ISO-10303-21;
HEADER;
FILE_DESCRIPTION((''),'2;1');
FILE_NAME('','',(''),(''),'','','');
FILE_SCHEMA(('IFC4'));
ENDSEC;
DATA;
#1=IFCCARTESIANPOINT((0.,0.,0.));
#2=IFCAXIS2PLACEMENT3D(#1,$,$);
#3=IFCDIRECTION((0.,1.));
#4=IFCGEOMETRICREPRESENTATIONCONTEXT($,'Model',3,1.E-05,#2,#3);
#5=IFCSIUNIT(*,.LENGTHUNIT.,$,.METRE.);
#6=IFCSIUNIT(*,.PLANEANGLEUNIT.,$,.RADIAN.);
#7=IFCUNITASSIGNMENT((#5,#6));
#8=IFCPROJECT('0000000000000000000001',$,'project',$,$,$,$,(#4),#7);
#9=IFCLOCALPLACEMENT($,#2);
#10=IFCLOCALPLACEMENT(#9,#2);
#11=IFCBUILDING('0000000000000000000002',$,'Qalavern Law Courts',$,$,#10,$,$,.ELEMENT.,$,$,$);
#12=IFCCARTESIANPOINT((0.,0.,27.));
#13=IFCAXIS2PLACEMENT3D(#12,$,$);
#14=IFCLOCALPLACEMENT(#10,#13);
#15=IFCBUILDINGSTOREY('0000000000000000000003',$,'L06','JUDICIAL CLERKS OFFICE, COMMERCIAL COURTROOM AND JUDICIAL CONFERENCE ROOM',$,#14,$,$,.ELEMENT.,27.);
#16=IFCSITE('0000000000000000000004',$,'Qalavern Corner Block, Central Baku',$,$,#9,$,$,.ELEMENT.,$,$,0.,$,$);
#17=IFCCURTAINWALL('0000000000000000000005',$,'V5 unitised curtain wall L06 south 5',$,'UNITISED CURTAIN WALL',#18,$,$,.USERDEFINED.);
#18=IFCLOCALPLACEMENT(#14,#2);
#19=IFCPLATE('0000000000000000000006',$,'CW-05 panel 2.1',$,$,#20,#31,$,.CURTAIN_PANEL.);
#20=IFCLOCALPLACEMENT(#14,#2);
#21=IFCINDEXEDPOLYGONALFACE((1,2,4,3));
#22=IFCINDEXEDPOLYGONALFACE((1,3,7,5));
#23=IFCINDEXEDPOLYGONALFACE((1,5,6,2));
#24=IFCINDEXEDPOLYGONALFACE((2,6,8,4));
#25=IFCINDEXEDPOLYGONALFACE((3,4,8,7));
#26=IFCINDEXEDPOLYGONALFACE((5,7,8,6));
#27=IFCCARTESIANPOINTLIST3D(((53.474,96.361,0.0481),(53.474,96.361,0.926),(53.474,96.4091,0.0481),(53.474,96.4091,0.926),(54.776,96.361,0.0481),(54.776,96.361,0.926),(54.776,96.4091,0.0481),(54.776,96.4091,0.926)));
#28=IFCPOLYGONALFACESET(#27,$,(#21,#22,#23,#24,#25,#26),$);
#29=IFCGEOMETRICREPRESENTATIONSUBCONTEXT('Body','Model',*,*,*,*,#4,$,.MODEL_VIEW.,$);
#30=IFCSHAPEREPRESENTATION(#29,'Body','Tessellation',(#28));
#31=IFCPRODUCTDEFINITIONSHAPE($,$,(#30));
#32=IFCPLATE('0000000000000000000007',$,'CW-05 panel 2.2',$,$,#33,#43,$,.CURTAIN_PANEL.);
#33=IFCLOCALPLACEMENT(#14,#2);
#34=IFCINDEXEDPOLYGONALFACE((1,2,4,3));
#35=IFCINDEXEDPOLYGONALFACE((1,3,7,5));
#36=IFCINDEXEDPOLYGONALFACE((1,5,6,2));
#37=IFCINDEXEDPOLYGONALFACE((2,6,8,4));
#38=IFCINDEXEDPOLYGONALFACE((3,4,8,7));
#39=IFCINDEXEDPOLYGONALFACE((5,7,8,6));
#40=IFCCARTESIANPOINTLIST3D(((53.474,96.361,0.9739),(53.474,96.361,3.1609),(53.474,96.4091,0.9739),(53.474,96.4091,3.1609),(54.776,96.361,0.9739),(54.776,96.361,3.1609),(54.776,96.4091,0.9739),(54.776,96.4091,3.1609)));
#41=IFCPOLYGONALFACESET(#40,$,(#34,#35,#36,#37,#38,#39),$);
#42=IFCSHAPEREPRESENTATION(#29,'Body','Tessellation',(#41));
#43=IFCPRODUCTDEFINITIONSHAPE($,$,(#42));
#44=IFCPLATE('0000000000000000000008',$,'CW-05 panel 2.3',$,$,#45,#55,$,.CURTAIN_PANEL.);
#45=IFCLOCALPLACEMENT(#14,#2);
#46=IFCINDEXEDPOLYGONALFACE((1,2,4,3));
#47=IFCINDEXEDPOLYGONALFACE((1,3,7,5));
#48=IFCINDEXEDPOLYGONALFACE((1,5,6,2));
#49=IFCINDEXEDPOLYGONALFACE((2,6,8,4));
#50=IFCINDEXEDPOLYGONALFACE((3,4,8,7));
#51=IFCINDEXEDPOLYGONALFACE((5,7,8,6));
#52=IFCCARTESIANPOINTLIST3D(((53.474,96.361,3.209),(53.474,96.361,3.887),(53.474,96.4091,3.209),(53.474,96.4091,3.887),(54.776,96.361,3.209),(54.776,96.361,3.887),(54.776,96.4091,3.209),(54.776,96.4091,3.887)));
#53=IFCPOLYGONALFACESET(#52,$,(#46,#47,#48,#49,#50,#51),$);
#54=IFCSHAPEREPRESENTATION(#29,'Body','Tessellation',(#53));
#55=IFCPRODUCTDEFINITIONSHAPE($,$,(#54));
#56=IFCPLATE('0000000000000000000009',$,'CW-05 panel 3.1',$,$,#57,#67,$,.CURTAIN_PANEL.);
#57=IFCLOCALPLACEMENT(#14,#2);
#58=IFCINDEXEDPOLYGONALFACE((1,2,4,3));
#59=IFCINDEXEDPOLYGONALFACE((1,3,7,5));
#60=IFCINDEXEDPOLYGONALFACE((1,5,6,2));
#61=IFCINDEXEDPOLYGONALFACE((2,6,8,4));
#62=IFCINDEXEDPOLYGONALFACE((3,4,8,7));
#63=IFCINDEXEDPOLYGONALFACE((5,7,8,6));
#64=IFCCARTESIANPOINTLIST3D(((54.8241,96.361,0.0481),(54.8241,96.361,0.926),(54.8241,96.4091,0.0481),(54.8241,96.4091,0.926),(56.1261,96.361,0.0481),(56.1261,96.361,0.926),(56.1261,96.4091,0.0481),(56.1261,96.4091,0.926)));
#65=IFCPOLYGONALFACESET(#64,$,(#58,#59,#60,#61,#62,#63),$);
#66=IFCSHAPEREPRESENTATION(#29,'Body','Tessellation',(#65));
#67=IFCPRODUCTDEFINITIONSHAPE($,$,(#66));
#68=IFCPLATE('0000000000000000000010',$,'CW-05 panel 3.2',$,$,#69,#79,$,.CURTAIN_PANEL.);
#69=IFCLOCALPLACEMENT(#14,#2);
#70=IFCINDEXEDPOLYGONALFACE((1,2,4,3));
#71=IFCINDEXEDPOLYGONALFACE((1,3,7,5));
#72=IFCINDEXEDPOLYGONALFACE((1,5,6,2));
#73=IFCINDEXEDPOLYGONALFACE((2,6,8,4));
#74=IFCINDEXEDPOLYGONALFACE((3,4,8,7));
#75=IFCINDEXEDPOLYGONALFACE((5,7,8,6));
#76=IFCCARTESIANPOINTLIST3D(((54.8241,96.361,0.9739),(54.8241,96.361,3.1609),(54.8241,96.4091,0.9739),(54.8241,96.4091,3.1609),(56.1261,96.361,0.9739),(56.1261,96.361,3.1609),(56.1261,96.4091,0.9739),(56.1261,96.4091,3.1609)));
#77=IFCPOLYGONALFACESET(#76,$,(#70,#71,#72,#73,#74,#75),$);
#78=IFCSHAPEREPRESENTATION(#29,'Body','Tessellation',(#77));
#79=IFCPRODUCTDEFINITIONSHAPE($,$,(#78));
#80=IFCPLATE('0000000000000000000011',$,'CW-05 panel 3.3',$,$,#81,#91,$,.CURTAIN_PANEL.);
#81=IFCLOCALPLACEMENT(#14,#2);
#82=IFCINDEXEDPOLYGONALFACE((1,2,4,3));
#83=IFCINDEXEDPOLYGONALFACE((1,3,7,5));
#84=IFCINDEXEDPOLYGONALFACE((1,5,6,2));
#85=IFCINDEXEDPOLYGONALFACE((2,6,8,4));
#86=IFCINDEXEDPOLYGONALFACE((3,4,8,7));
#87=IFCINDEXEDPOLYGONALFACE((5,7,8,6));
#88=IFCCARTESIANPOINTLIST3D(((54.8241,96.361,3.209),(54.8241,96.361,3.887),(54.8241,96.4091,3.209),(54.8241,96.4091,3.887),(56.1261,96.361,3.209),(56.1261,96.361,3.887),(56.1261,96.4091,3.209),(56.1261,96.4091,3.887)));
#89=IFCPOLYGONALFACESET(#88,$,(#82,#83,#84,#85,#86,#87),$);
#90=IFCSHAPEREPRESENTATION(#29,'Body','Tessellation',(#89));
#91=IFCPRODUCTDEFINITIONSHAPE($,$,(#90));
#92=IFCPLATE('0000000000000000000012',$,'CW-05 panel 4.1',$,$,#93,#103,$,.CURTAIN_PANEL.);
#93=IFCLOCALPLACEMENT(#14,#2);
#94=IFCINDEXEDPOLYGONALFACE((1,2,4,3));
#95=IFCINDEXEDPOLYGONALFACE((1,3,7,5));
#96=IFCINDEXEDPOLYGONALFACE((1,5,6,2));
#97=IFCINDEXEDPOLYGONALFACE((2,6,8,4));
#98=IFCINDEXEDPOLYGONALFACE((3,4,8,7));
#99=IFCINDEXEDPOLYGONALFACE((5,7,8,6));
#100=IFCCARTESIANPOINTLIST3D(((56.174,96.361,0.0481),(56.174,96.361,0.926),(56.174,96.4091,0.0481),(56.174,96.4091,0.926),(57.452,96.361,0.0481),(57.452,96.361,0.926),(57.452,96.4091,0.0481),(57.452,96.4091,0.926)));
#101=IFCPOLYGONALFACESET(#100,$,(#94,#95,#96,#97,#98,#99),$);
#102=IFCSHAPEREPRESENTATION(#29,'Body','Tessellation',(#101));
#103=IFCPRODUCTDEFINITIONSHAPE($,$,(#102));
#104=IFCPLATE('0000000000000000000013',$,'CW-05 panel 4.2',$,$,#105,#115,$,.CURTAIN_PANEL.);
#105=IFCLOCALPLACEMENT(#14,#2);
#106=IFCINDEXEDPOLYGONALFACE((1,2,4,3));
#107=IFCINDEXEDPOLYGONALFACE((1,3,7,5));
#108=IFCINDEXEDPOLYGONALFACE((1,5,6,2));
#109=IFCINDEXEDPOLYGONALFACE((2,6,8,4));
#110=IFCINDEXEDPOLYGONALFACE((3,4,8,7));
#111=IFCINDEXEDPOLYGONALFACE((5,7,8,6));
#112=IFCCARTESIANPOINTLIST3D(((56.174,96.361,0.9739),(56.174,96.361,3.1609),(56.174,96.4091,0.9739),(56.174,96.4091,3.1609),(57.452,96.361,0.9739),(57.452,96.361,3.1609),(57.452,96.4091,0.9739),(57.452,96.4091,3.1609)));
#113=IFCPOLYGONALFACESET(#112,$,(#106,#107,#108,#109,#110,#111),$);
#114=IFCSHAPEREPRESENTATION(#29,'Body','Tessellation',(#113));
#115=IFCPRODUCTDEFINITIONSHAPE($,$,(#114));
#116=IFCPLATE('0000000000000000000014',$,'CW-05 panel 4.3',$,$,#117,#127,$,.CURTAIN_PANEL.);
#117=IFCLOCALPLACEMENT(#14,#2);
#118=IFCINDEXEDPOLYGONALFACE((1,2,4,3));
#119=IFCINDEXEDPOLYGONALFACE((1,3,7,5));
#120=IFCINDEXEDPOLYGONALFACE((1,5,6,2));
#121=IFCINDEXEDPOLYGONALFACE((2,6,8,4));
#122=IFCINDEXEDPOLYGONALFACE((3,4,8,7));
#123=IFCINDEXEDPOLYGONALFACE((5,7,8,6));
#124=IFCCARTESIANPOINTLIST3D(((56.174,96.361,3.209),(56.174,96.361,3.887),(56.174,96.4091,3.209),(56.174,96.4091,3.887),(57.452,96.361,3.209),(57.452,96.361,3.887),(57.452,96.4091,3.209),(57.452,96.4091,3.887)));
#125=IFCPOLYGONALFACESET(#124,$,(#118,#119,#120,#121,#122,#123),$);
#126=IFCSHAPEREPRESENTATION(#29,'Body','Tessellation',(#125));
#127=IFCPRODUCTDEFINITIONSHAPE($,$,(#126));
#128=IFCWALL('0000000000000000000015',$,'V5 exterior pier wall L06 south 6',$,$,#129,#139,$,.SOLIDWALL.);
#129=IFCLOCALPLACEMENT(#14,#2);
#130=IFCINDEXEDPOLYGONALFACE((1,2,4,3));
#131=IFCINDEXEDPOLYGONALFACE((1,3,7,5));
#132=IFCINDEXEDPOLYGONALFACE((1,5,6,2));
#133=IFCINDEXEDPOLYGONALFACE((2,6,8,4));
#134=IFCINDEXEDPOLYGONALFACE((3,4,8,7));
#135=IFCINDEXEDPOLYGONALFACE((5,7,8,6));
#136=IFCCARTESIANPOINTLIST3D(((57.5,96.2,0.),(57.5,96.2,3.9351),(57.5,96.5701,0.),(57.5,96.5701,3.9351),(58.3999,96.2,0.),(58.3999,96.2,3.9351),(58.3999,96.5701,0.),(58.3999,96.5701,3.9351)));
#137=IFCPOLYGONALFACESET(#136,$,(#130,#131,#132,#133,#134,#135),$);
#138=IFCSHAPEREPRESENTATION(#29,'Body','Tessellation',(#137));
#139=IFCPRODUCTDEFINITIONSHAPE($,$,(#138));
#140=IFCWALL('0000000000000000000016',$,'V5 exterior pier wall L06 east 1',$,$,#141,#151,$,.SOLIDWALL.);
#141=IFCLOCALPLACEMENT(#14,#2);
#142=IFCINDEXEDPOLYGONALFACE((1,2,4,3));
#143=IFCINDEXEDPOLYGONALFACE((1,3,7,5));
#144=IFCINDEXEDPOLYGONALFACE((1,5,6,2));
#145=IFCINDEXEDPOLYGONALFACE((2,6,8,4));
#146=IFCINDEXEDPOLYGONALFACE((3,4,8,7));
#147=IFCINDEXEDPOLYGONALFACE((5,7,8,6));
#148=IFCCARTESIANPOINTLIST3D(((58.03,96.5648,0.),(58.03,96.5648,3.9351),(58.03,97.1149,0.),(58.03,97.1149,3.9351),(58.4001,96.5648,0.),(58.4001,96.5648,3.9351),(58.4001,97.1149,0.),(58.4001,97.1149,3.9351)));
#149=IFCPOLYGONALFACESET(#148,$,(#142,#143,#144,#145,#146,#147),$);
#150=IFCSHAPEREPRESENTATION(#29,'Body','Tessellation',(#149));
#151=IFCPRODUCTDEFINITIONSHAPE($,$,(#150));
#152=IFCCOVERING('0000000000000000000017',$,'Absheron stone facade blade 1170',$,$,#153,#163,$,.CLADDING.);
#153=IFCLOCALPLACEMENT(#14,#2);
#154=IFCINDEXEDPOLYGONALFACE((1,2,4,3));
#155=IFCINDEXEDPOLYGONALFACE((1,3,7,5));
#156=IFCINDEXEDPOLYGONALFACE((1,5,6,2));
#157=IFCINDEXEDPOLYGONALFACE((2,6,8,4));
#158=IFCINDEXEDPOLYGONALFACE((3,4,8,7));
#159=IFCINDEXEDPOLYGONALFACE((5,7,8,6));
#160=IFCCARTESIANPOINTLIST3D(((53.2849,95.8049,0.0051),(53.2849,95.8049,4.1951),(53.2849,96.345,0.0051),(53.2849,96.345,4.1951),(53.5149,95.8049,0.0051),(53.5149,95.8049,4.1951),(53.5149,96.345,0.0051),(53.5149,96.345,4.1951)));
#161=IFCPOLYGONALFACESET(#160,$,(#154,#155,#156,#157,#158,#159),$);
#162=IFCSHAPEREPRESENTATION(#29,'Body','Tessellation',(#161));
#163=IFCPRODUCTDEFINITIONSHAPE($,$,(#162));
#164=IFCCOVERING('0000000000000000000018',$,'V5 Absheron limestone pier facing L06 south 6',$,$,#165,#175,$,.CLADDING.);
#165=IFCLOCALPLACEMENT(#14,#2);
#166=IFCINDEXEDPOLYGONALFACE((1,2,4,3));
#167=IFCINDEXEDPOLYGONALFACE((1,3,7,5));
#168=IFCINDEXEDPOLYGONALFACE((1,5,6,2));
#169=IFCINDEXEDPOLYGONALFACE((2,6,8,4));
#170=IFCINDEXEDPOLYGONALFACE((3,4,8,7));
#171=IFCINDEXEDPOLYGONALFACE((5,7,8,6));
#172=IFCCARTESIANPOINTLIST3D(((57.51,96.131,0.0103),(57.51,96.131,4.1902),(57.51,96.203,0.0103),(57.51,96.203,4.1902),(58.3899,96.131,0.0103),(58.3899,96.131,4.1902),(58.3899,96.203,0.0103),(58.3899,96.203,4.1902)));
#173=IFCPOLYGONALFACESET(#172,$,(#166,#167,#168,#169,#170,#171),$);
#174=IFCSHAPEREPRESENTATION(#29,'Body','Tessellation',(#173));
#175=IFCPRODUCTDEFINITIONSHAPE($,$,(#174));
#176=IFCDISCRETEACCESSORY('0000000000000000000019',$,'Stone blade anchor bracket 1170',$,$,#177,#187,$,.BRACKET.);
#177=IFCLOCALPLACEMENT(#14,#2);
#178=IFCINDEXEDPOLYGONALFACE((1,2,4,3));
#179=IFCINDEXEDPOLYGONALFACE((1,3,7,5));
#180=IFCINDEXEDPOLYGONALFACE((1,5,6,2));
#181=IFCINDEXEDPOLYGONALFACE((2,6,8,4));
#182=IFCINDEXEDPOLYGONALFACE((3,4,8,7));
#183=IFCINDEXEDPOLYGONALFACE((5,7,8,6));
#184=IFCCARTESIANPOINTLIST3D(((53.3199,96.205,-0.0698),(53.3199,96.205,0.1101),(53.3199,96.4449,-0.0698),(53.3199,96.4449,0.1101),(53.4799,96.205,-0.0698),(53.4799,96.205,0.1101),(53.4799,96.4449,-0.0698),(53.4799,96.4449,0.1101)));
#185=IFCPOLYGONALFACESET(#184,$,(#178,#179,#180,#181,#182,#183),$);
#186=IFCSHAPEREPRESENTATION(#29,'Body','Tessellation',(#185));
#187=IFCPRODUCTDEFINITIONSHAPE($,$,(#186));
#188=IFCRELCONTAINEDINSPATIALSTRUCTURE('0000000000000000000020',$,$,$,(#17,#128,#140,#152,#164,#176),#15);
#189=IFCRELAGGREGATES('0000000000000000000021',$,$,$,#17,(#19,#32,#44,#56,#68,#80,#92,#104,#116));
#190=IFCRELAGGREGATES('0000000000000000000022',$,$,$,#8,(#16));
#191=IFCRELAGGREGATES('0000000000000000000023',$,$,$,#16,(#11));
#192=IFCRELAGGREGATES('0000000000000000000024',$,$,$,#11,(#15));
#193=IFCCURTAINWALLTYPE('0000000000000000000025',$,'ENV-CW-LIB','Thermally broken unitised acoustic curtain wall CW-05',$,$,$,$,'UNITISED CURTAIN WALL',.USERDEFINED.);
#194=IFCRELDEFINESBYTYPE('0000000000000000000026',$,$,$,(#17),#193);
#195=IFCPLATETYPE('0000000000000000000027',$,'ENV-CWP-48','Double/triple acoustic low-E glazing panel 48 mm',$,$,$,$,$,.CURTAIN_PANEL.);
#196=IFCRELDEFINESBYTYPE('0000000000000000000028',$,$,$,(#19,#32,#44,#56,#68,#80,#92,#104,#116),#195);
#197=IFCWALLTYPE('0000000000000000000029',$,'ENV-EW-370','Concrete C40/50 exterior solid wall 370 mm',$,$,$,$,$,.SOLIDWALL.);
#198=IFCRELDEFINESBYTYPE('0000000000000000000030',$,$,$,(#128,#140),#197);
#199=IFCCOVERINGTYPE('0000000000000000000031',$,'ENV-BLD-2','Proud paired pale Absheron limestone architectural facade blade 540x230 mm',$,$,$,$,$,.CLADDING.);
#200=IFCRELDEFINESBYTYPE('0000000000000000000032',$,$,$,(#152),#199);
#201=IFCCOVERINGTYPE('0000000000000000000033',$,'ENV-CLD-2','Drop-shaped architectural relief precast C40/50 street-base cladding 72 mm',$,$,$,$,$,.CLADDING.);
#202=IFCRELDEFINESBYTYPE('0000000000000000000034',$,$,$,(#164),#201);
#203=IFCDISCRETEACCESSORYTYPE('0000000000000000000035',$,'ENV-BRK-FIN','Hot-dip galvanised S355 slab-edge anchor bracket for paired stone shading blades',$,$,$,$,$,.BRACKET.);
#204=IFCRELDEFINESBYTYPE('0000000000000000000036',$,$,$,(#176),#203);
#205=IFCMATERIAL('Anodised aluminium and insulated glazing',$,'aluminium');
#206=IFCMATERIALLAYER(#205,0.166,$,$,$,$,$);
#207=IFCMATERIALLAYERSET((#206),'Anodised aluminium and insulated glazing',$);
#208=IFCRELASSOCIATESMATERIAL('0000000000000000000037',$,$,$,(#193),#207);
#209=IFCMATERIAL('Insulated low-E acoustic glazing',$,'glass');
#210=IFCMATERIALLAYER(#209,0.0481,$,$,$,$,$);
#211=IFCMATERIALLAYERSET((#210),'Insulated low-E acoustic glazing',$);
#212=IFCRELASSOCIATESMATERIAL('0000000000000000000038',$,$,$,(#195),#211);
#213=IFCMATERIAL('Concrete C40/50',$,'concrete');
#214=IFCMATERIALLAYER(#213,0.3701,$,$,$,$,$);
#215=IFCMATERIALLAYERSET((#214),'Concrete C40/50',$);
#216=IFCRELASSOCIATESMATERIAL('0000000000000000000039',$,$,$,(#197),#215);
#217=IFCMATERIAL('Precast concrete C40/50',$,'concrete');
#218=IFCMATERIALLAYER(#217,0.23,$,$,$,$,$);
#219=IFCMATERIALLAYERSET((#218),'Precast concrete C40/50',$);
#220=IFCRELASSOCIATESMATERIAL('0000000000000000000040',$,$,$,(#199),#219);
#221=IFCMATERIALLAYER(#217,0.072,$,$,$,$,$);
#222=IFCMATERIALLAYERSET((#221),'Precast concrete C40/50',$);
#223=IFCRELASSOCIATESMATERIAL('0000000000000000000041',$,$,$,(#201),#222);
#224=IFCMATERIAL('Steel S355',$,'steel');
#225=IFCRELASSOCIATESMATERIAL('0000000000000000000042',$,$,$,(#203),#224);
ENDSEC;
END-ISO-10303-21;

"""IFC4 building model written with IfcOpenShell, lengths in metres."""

from ifc_helpers import new_model, si_unit, direction, frame, frame_2d, origin, origin_2d, place, context, subcontext, project, spatial, rectangle, extrude, material, layer, layer_set, type_object, element, aggregate, save


model = new_model("IFC4")

# Units and contexts
model_context = context("Model", 3, precision=1e-05, world=origin(), true_north=direction((0.0, 1.0)))
body_context = subcontext(model_context, "Body", "Model", "MODEL_VIEW")
ifc_project = project(units=[si_unit("LENGTHUNIT", "METRE"), si_unit("PLANEANGLEUNIT", "RADIAN")], contexts=[model_context])

# Site, building, storey
site_placement = place(None, origin())
site = spatial("IfcSite", under=ifc_project, at=site_placement, Name="Qalavern Corner Block, Central Baku", CompositionType="ELEMENT", RefElevation=0.0)
building_placement = place(site_placement, origin())
building = spatial("IfcBuilding", under=site, at=building_placement, Name="Qalavern Law Courts", CompositionType="ELEMENT")
storey_placement = place(building_placement, frame((0.0, 0.0, 27.0)))
storey = spatial("IfcBuildingStorey", under=building, at=storey_placement, Name="L06", Description="JUDICIAL CLERKS OFFICE, COMMERCIAL COURTROOM AND JUDICIAL CONFERENCE ROOM", CompositionType="ELEMENT", Elevation=27.0)

# Curtain wall
ifc_material_1 = material(Name="Anodised aluminium and insulated glazing", Category="aluminium")
ifc_layer_1 = layer(ifc_material_1, 0.166)
ifc_layer_set_1 = layer_set([ifc_layer_1], Name="Anodised aluminium and insulated glazing")
curtain_wall_type = type_object("IfcCurtainWallType", Name="ENV-CW-LIB", Description="Thermally broken unitised acoustic curtain wall CW-05", ElementType="UNITISED CURTAIN WALL", PredefinedType="USERDEFINED", material=ifc_layer_set_1)
curtain_wall_1_placement = place(storey_placement, origin())
curtain_wall_1 = element("IfcCurtainWall", 1, at=curtain_wall_1_placement, inside=storey, type_object=curtain_wall_type, Name="V5 unitised curtain wall L06 south 5", ObjectType="UNITISED CURTAIN WALL", PredefinedType="USERDEFINED")

# Shared definitions
ifc_material_2 = material(Name="Steel S355", Category="steel")

# Plates
ifc_material_3 = material(Name="Insulated low-E acoustic glazing", Category="glass")
ifc_layer_2 = layer(ifc_material_3, 0.0481)
ifc_layer_set_2 = layer_set([ifc_layer_2], Name="Insulated low-E acoustic glazing")
plate_type = type_object("IfcPlateType", Name="ENV-CWP-48", Description="Double/triple acoustic low-E glazing panel 48 mm", PredefinedType="CURTAIN_PANEL", material=ifc_layer_set_2)
plate_1_placement = place(storey_placement, frame((54.125, 96.385, 0.0481), z_axis=(0.0, 0.0, 1.0), x_axis=(1.0, 0.0, 0.0)))
plate_1 = element("IfcPlate", 2, at=plate_1_placement, type_object=plate_type, Name="CW-05 panel 2.1", PredefinedType="CURTAIN_PANEL", context=body_context, shape_type="SweptSolid", body=[
    extrude(rectangle(XDim=1.302, YDim=0.0481, at=origin_2d()), origin(), (0.0, 0.0, 1.0), 0.8779),
])
plate_2_placement = place(storey_placement, frame((54.125, 96.385, 0.9739), z_axis=(0.0, 0.0, 1.0), x_axis=(1.0, 0.0, 0.0)))
plate_2 = element("IfcPlate", 3, at=plate_2_placement, type_object=plate_type, Name="CW-05 panel 2.2", PredefinedType="CURTAIN_PANEL", context=body_context, shape_type="SweptSolid", body=[
    extrude(rectangle(XDim=1.302, YDim=0.0481, at=origin_2d()), origin(), (0.0, 0.0, 1.0), 2.187),
])
plate_3_placement = place(storey_placement, frame((54.125, 96.385, 3.209), z_axis=(0.0, 0.0, 1.0), x_axis=(1.0, 0.0, 0.0)))
plate_3 = element("IfcPlate", 4, at=plate_3_placement, type_object=plate_type, Name="CW-05 panel 2.3", PredefinedType="CURTAIN_PANEL", context=body_context, shape_type="SweptSolid", body=[
    extrude(rectangle(XDim=1.302, YDim=0.0481, at=origin_2d()), origin(), (0.0, 0.0, 1.0), 0.678),
])
plate_4_placement = place(storey_placement, frame((55.4751, 96.385, 0.0481), z_axis=(0.0, 0.0, 1.0), x_axis=(1.0, 0.0, 0.0)))
plate_4 = element("IfcPlate", 5, at=plate_4_placement, type_object=plate_type, Name="CW-05 panel 3.1", PredefinedType="CURTAIN_PANEL", context=body_context, shape_type="SweptSolid", body=[
    extrude(rectangle(XDim=1.302, YDim=0.0481, at=origin_2d()), origin(), (0.0, 0.0, 1.0), 0.8779),
])
plate_5_placement = place(storey_placement, frame((55.4751, 96.385, 0.9739), z_axis=(0.0, 0.0, 1.0), x_axis=(1.0, 0.0, 0.0)))
plate_5 = element("IfcPlate", 6, at=plate_5_placement, type_object=plate_type, Name="CW-05 panel 3.2", PredefinedType="CURTAIN_PANEL", context=body_context, shape_type="SweptSolid", body=[
    extrude(rectangle(XDim=1.302, YDim=0.0481, at=origin_2d()), origin(), (0.0, 0.0, 1.0), 2.187),
])
plate_6_placement = place(storey_placement, frame((55.4751, 96.385, 3.209), z_axis=(0.0, 0.0, 1.0), x_axis=(1.0, 0.0, 0.0)))
plate_6 = element("IfcPlate", 7, at=plate_6_placement, type_object=plate_type, Name="CW-05 panel 3.3", PredefinedType="CURTAIN_PANEL", context=body_context, shape_type="SweptSolid", body=[
    extrude(rectangle(XDim=1.302, YDim=0.0481, at=origin_2d()), origin(), (0.0, 0.0, 1.0), 0.678),
])
plate_7_placement = place(storey_placement, frame((56.813, 96.385, 0.0481), z_axis=(0.0, 0.0, 1.0), x_axis=(1.0, 0.0, 0.0)))
plate_7 = element("IfcPlate", 8, at=plate_7_placement, type_object=plate_type, Name="CW-05 panel 4.1", PredefinedType="CURTAIN_PANEL", context=body_context, shape_type="SweptSolid", body=[
    extrude(rectangle(XDim=1.2781, YDim=0.0481, at=origin_2d()), origin(), (0.0, 0.0, 1.0), 0.8779),
])
plate_8_placement = place(storey_placement, frame((56.813, 96.385, 0.9739), z_axis=(0.0, 0.0, 1.0), x_axis=(1.0, 0.0, 0.0)))
plate_8 = element("IfcPlate", 9, at=plate_8_placement, type_object=plate_type, Name="CW-05 panel 4.2", PredefinedType="CURTAIN_PANEL", context=body_context, shape_type="SweptSolid", body=[
    extrude(rectangle(XDim=1.2781, YDim=0.0481, at=origin_2d()), origin(), (0.0, 0.0, 1.0), 2.187),
])
plate_9_placement = place(storey_placement, frame((56.813, 96.385, 3.209), z_axis=(0.0, 0.0, 1.0), x_axis=(1.0, 0.0, 0.0)))
plate_9 = element("IfcPlate", 10, at=plate_9_placement, type_object=plate_type, Name="CW-05 panel 4.3", PredefinedType="CURTAIN_PANEL", context=body_context, shape_type="SweptSolid", body=[
    extrude(rectangle(XDim=1.2781, YDim=0.0481, at=origin_2d()), origin(), (0.0, 0.0, 1.0), 0.678),
])
aggregate(curtain_wall_1, [plate_1, plate_2, plate_3, plate_4, plate_5, plate_6, plate_7, plate_8, plate_9])

# Walls
ifc_material_4 = material(Name="Concrete C40/50", Category="concrete")
ifc_layer_3 = layer(ifc_material_4, 0.3701)
ifc_layer_set_3 = layer_set([ifc_layer_3], Name="Concrete C40/50")
wall_type = type_object("IfcWallType", Name="ENV-EW-370", Description="Concrete C40/50 exterior solid wall 370 mm", PredefinedType="SOLIDWALL", material=ifc_layer_set_3)
wall_1_placement = place(storey_placement, frame((57.5, 96.385, 0.0), z_axis=(0.0, 0.0, 1.0), x_axis=(1.0, 0.0, 0.0)))
element("IfcWall", 11, at=wall_1_placement, inside=storey, type_object=wall_type, Name="V5 exterior pier wall L06 south 6", PredefinedType="SOLIDWALL", context=body_context, shape_type="SweptSolid", body=[
    extrude(rectangle(XDim=0.8999, YDim=0.3701, at=frame_2d((0.45, 0.0))), origin(), (0.0, 0.0, 1.0), 3.9351),
])
wall_2_placement = place(storey_placement, frame((58.2151, 96.5649, 0.0), z_axis=(0.0, 0.0, 1.0), x_axis=(0.0, 1.0, 0.0)))
element("IfcWall", 12, at=wall_2_placement, inside=storey, type_object=wall_type, Name="V5 exterior pier wall L06 east 1", PredefinedType="SOLIDWALL", context=body_context, shape_type="SweptSolid", body=[
    extrude(rectangle(XDim=0.55, YDim=0.3701, at=frame_2d((0.2749, 0.0))), origin(), (0.0, 0.0, 1.0), 3.9351),
])

# Coverings
ifc_material_5 = material(Name="Precast concrete C40/50", Category="concrete")
ifc_layer_4 = layer(ifc_material_5, 0.23)
ifc_layer_set_4 = layer_set([ifc_layer_4], Name="Precast concrete C40/50")
covering_type_1 = type_object("IfcCoveringType", Name="ENV-BLD-2", Description="Proud paired pale Absheron limestone architectural facade blade 540x230 mm", PredefinedType="CLADDING", material=ifc_layer_set_4)
covering_1_placement = place(storey_placement, frame((53.3999, 96.075, 0.0051), z_axis=(0.0, 0.0, 1.0), x_axis=(0.0, -1.0, 0.0)))
element("IfcCovering", 13, at=covering_1_placement, inside=storey, type_object=covering_type_1, Name="Absheron stone facade blade 1170", PredefinedType="CLADDING", context=body_context, shape_type="SweptSolid", body=[
    extrude(rectangle(XDim=0.54, YDim=0.23, at=origin_2d()), origin(), (0.0, 0.0, 1.0), 4.1899),
])
ifc_layer_5 = layer(ifc_material_5, 0.072)
ifc_layer_set_5 = layer_set([ifc_layer_5], Name="Precast concrete C40/50")
covering_type_2 = type_object("IfcCoveringType", Name="ENV-CLD-2", Description="Drop-shaped architectural relief precast C40/50 street-base cladding 72 mm", PredefinedType="CLADDING", material=ifc_layer_set_5)
covering_2_placement = place(storey_placement, frame((57.95, 96.167, 0.0103), z_axis=(0.0, 0.0, 1.0), x_axis=(1.0, 0.0, 0.0)))
element("IfcCovering", 14, at=covering_2_placement, inside=storey, type_object=covering_type_2, Name="V5 Absheron limestone pier facing L06 south 6", PredefinedType="CLADDING", context=body_context, shape_type="SweptSolid", body=[
    extrude(rectangle(XDim=0.8799, YDim=0.072, at=origin_2d()), origin(), (0.0, 0.0, 1.0), 4.1799),
])

# Discrete accessory
discrete_accessory_type = type_object("IfcDiscreteAccessoryType", Name="ENV-BRK-FIN", Description="Hot-dip galvanised S355 slab-edge anchor bracket for paired stone shading blades", PredefinedType="BRACKET", material=ifc_material_2)
discrete_accessory_placement = place(storey_placement, frame((53.3999, 96.325, -0.0698), z_axis=(0.0, 0.0, 1.0), x_axis=(0.0, -1.0, 0.0)))
element("IfcDiscreteAccessory", 15, at=discrete_accessory_placement, inside=storey, type_object=discrete_accessory_type, Name="Stone blade anchor bracket 1170", PredefinedType="BRACKET", context=body_context, shape_type="SweptSolid", body=[
    extrude(rectangle(XDim=0.24, YDim=0.1599, at=origin_2d()), origin(), (0.0, 0.0, 1.0), 0.1799),
])

save(model, "model.ifc")
